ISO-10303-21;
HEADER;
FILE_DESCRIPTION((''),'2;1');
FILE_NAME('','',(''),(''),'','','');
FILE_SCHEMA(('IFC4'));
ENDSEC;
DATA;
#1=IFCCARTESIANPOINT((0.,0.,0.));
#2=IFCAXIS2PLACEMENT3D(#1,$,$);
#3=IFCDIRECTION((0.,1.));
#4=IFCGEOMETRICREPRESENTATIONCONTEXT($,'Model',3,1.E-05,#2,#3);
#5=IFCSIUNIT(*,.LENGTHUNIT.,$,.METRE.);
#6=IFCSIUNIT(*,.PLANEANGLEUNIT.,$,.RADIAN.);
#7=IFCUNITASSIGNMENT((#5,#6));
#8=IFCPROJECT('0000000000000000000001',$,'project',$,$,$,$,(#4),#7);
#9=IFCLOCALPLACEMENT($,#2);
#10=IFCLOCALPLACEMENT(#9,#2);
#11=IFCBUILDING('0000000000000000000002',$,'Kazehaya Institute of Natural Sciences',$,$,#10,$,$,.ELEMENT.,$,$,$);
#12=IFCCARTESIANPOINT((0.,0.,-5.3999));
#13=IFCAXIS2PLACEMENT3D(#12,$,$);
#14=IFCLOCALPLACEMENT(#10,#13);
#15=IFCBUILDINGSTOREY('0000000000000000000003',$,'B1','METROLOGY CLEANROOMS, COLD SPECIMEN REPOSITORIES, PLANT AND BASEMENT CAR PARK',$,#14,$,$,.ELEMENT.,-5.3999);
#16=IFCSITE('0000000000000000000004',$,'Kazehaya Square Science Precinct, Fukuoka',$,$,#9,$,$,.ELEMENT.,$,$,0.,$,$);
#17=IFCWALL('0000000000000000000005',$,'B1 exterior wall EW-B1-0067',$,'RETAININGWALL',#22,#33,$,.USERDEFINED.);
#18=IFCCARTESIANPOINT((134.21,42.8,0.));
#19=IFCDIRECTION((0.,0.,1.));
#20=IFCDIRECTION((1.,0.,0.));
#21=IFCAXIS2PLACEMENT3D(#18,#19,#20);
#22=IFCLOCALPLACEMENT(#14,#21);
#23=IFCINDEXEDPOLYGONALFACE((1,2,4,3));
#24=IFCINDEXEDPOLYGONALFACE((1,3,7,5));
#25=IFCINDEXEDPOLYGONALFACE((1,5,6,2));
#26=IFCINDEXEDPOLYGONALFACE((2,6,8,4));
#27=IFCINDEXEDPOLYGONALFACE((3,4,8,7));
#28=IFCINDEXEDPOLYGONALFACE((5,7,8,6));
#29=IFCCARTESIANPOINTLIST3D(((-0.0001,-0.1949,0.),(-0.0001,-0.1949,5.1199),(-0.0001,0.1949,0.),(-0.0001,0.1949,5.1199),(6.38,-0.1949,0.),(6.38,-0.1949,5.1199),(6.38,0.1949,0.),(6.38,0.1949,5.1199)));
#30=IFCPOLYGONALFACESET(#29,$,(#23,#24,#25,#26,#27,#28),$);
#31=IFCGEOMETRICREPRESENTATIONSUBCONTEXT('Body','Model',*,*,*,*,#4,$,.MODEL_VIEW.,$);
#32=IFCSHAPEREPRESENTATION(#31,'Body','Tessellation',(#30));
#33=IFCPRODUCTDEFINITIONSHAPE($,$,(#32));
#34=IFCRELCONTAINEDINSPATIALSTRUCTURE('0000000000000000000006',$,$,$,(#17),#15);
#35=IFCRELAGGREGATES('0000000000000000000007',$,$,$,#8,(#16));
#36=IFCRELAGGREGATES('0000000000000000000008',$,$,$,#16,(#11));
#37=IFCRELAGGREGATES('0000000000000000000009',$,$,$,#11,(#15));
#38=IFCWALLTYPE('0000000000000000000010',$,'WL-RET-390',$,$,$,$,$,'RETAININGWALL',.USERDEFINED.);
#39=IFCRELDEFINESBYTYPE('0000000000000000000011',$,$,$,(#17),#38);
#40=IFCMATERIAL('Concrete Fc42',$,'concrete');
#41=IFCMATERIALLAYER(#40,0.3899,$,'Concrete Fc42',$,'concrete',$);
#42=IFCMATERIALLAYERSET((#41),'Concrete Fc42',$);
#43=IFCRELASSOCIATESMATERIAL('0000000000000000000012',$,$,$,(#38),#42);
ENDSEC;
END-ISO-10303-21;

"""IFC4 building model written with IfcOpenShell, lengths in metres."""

from ifc_helpers import new_model, si_unit, direction, frame, frame_2d, origin, place, context, subcontext, project, spatial, rectangle, extrude, material, layer, layer_set, type_object, element, save


model = new_model("IFC4")

# Units and contexts
model_context = context("Model", 3, precision=1e-05, world=origin(), true_north=direction((0.0, 1.0)))
body_context = subcontext(model_context, "Body", "Model", "MODEL_VIEW")
ifc_project = project(units=[si_unit("LENGTHUNIT", "METRE"), si_unit("PLANEANGLEUNIT", "RADIAN")], contexts=[model_context])

# Site, building, storey
site_placement = place(None, origin())
site = spatial("IfcSite", under=ifc_project, at=site_placement, Name="Kazehaya Square Science Precinct, Fukuoka", CompositionType="ELEMENT", RefElevation=0.0)
building_placement = place(site_placement, origin())
building = spatial("IfcBuilding", under=site, at=building_placement, Name="Kazehaya Institute of Natural Sciences", CompositionType="ELEMENT")
storey_placement = place(building_placement, frame((0.0, 0.0, -5.3999)))
storey = spatial("IfcBuildingStorey", under=building, at=storey_placement, Name="B1", Description="METROLOGY CLEANROOMS, COLD SPECIMEN REPOSITORIES, PLANT AND BASEMENT CAR PARK", CompositionType="ELEMENT", Elevation=-5.3999)

# Shared definitions
ifc_material_1 = material(Name="Concrete Fc42", Category="concrete")

# Wall
ifc_layer = layer(ifc_material_1, 0.3899, Name="Concrete Fc42", Category="concrete")
ifc_layer_set = layer_set([ifc_layer], Name="Concrete Fc42")
wall_type = type_object("IfcWallType", Name="WL-RET-390", ElementType="RETAININGWALL", PredefinedType="USERDEFINED", material=ifc_layer_set)
for number, where, z_axis, x_axis, name in (
    (1, (134.21, 42.8, 0.0), (0.0, 0.0, 1.0), (1.0, 0.0, 0.0), "B1 exterior wall EW-B1-0067"),
):
    element("IfcWall", number, at=place(storey_placement, frame(where, z_axis=z_axis, x_axis=x_axis)), inside=storey, type_object=wall_type, Name=name, ObjectType="RETAININGWALL", PredefinedType="USERDEFINED", context=body_context, shape_type="SweptSolid", body=[
        extrude(rectangle(XDim=6.3801, YDim=0.3899, at=frame_2d((3.1899, 0.0))), origin(), (0.0, 0.0, 1.0), 5.1199),
    ])

save(model, "model.ifc")
